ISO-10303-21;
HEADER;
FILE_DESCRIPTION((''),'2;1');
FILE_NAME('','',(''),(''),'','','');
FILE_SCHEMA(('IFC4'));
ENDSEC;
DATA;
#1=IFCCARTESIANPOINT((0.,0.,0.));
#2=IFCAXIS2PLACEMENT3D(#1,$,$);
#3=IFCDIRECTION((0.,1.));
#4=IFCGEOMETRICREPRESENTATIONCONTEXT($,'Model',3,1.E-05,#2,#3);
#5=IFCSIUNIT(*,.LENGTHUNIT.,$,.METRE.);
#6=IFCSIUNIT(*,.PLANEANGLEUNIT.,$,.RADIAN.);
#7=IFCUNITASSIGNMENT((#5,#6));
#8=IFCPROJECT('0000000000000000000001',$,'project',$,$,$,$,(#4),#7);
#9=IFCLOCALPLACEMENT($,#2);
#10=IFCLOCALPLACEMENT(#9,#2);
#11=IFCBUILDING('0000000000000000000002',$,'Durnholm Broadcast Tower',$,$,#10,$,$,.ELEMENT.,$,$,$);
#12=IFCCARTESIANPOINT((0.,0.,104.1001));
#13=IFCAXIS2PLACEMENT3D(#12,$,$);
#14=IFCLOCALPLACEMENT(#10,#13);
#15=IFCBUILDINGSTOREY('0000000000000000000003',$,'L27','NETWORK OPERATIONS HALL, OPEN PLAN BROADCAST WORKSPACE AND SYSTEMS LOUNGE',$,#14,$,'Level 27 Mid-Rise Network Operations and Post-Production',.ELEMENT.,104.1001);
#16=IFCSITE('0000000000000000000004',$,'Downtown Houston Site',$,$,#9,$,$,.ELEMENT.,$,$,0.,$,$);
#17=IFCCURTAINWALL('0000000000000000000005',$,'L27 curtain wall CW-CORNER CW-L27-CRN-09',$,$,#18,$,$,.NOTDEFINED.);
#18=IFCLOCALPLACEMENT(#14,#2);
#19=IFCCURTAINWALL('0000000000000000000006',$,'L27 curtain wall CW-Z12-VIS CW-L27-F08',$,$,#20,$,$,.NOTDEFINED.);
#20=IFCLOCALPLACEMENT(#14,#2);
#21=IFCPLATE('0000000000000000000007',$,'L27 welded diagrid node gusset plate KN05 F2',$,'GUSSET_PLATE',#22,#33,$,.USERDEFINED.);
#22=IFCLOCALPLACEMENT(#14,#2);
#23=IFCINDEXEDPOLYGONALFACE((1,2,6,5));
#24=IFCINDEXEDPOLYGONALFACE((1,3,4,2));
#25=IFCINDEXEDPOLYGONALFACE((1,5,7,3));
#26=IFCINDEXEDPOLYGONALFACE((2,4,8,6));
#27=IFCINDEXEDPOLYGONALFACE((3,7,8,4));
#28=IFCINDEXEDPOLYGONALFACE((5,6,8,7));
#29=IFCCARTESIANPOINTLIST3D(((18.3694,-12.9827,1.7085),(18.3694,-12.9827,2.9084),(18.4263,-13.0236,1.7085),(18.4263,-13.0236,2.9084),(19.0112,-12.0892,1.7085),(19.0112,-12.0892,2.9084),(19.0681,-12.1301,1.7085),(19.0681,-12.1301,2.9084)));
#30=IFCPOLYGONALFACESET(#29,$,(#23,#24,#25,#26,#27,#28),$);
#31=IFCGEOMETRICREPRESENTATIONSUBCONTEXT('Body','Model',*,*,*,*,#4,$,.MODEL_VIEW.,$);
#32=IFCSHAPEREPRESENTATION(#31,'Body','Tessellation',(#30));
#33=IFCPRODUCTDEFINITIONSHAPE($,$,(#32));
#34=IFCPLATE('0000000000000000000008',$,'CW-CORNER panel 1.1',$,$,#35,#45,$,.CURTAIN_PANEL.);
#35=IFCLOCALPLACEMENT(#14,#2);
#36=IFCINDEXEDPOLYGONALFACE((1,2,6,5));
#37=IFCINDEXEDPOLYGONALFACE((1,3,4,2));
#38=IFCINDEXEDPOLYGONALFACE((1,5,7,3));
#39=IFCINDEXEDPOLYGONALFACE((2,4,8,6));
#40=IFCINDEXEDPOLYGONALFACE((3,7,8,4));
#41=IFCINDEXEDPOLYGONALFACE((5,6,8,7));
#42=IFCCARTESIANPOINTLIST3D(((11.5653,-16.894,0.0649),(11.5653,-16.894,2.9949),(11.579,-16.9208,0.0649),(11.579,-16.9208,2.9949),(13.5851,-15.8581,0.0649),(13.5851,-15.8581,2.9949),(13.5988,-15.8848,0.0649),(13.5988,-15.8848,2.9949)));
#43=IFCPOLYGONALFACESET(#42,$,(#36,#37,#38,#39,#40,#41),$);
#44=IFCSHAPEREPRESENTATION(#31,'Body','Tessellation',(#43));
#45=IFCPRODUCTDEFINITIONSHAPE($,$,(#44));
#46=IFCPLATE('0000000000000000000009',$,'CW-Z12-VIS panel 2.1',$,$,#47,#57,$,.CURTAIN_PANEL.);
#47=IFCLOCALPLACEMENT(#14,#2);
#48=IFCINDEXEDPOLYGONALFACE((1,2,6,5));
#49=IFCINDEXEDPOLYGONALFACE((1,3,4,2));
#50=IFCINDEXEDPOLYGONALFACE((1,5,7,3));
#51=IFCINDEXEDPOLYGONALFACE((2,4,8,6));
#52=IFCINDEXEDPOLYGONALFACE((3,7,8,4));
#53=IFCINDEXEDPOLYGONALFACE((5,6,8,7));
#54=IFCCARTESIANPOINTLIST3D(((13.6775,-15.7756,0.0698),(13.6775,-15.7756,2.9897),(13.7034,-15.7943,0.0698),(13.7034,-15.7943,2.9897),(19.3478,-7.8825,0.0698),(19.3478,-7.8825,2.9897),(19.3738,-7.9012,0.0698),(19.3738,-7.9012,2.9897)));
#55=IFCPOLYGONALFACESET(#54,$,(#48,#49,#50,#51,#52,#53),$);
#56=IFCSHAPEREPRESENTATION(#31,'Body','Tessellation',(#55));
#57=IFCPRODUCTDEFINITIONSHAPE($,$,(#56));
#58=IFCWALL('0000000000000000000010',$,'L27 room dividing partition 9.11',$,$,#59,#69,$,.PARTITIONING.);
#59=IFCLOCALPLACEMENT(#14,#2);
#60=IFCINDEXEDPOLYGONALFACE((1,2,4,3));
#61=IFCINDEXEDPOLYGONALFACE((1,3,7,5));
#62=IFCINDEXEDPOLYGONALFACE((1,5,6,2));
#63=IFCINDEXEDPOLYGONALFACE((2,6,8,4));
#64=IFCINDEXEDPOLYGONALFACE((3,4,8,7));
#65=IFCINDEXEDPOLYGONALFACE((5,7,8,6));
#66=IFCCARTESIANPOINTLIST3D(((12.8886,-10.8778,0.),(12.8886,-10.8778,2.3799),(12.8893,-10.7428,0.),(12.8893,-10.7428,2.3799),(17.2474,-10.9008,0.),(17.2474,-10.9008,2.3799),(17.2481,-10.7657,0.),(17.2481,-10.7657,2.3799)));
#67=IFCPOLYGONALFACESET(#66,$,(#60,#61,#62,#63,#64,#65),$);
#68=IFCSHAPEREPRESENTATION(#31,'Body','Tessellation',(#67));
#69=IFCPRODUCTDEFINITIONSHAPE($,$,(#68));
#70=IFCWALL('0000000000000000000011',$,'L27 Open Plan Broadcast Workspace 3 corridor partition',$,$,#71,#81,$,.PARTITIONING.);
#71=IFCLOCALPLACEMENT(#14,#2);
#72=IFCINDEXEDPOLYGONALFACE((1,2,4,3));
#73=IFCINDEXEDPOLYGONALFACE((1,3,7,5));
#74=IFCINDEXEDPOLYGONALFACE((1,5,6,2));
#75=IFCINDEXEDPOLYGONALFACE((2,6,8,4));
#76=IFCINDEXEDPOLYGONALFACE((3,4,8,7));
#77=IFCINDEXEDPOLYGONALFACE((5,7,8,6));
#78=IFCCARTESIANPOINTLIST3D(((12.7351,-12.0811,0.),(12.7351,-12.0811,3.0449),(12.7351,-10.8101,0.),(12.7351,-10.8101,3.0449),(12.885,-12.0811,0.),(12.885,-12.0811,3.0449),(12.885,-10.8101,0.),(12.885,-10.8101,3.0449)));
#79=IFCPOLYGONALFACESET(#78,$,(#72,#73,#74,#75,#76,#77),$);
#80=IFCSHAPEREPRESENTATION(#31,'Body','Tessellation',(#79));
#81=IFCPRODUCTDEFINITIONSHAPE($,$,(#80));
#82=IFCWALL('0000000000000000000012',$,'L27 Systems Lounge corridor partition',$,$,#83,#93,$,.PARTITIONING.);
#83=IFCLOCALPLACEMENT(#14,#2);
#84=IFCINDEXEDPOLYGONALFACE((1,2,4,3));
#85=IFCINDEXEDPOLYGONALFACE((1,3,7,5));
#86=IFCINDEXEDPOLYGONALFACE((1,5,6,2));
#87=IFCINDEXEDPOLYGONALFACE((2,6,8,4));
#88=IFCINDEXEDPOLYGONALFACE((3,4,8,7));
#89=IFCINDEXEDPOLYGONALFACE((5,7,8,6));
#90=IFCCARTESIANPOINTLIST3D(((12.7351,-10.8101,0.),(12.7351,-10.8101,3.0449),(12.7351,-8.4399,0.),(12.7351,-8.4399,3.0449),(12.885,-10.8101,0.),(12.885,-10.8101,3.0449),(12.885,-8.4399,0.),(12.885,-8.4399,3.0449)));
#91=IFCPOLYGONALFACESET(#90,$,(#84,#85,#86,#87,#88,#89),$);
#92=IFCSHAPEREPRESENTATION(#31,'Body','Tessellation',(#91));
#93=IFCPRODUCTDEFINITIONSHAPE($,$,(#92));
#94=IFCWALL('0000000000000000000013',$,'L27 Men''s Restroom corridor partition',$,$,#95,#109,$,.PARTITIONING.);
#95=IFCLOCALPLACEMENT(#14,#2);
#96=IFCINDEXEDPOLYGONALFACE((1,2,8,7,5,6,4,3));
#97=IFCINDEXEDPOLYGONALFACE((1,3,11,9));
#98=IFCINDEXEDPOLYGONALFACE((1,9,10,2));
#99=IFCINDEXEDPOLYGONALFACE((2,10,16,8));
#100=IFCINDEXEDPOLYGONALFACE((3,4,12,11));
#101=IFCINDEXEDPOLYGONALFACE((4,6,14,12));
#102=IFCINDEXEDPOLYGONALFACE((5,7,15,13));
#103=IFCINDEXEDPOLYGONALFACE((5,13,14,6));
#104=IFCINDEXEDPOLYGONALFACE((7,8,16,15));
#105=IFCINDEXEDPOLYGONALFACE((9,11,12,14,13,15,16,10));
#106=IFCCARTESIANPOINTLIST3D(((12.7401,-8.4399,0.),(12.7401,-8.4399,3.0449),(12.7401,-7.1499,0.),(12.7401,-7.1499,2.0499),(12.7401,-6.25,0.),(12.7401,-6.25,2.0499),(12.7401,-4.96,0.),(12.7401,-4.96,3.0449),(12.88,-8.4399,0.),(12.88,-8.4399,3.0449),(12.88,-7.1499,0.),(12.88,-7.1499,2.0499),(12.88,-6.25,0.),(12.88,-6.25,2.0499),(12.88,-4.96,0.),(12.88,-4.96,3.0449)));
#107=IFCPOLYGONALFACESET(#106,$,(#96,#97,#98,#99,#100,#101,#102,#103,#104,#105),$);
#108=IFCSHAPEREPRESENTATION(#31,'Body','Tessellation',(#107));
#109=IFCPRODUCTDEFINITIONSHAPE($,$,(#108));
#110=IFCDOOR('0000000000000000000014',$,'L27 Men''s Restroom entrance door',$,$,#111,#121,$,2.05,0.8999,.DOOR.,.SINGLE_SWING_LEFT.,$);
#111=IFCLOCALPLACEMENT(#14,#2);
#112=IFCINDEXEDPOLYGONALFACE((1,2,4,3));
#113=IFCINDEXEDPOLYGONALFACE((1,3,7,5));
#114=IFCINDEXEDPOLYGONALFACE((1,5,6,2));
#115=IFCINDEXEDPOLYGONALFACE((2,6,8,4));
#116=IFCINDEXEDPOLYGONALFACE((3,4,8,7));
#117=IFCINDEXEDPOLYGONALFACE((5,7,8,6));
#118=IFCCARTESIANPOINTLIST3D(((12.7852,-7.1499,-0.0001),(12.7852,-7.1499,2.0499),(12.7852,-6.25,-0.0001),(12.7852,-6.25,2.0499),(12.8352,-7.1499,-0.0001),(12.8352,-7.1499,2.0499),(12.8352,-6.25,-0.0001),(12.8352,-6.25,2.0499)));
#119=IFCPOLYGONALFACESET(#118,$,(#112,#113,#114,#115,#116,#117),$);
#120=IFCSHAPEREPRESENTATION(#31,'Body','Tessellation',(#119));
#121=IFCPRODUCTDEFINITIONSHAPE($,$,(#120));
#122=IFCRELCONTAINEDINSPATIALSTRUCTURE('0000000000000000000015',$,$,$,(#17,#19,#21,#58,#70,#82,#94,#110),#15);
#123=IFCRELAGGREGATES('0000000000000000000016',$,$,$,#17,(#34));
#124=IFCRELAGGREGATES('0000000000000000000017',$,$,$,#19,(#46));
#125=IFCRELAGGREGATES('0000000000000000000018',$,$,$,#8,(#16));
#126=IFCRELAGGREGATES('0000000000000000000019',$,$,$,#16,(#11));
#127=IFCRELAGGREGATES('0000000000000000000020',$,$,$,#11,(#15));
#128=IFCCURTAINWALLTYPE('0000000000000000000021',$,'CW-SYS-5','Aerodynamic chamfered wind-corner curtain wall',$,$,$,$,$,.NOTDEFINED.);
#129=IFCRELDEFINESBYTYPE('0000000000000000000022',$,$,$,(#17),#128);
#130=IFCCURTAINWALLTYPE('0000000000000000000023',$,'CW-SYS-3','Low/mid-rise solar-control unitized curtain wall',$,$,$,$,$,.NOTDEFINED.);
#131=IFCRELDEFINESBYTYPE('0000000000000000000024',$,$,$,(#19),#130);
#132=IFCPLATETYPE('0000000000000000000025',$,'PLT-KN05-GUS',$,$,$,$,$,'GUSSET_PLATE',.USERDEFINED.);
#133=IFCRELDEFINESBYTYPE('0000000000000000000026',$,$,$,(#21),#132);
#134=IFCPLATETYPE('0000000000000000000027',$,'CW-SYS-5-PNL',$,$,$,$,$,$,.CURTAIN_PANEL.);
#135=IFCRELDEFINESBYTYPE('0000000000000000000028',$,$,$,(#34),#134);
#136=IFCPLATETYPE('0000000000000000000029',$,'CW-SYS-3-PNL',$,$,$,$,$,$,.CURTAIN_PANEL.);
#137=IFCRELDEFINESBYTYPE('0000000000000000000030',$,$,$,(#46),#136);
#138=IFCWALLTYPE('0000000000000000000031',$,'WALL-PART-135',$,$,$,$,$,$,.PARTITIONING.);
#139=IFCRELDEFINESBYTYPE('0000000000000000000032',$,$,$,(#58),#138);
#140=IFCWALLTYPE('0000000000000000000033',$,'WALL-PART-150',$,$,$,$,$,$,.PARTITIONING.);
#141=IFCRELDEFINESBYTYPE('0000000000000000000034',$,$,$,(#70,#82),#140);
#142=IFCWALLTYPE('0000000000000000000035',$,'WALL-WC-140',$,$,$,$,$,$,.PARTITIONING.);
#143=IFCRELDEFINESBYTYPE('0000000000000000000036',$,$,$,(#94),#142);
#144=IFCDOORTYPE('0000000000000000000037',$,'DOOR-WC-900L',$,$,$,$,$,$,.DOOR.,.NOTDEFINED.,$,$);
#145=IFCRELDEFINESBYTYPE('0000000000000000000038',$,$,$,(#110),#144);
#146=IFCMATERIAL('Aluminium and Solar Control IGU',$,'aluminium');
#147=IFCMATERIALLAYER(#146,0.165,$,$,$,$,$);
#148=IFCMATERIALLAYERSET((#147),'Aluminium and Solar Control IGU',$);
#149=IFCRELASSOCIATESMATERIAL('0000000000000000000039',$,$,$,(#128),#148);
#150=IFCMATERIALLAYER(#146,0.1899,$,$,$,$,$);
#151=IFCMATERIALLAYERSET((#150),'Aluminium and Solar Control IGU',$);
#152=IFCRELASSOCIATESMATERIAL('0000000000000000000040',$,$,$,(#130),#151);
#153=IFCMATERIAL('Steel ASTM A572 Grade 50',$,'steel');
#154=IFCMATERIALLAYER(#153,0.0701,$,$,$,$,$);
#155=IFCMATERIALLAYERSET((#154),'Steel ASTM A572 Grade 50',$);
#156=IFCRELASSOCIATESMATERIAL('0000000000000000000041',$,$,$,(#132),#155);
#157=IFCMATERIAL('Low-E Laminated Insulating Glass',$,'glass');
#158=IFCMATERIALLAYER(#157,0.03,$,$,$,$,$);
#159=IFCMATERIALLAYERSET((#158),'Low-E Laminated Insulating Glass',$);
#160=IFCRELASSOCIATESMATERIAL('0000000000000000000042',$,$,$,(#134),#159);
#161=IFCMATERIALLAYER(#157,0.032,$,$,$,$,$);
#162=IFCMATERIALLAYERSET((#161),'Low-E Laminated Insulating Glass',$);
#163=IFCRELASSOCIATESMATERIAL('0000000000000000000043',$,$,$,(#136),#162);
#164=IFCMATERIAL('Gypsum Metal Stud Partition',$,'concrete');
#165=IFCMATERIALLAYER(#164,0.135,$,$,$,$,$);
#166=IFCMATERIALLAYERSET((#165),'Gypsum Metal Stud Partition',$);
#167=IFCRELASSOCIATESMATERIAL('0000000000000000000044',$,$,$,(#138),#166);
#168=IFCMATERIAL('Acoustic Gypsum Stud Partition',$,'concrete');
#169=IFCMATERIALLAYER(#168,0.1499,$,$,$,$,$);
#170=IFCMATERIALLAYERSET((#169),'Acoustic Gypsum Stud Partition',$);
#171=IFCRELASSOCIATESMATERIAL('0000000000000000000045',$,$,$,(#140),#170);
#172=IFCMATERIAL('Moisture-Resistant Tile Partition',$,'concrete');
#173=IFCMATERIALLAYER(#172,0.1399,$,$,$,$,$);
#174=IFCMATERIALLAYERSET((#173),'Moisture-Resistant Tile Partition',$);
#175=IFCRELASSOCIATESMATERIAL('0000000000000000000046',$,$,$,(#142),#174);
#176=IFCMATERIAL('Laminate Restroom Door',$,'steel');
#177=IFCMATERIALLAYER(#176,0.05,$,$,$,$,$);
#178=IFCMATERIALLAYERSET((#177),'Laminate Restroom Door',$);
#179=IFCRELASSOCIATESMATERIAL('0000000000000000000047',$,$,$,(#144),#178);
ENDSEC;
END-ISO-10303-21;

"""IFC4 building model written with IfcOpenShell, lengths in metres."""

from ifc_helpers import new_model, si_unit, direction, frame, frame_2d, origin, origin_2d, place, context, subcontext, project, spatial, rectangle, extrude, source, transform, mapped, material, layer, layer_set, type_object, type_shapes, element, fill, aggregate, save


model = new_model("IFC4")

# Units and contexts
model_context = context("Model", 3, precision=1e-05, world=origin(), true_north=direction((0.0, 1.0)))
body_context = subcontext(model_context, "Body", "Model", "MODEL_VIEW")
ifc_project = project(units=[si_unit("LENGTHUNIT", "METRE"), si_unit("PLANEANGLEUNIT", "RADIAN")], contexts=[model_context])

# Site, building, storey
site_placement = place(None, origin())
site = spatial("IfcSite", under=ifc_project, at=site_placement, Name="Downtown Houston Site", CompositionType="ELEMENT", RefElevation=0.0)
building_placement = place(site_placement, origin())
building = spatial("IfcBuilding", under=site, at=building_placement, Name="Durnholm Broadcast Tower", CompositionType="ELEMENT")
storey_placement = place(building_placement, frame((0.0, 0.0, 104.1001)))
storey = spatial("IfcBuildingStorey", under=building, at=storey_placement, Name="L27", Description="NETWORK OPERATIONS HALL, OPEN PLAN BROADCAST WORKSPACE AND SYSTEMS LOUNGE", LongName="Level 27 Mid-Rise Network Operations and Post-Production", CompositionType="ELEMENT", Elevation=104.1001)

# Curtain walls
ifc_material_1 = material(Name="Aluminium and Solar Control IGU", Category="aluminium")
ifc_layer_1 = layer(ifc_material_1, 0.165)
ifc_layer_set_1 = layer_set([ifc_layer_1], Name="Aluminium and Solar Control IGU")
curtain_wall_type_1 = type_object("IfcCurtainWallType", Name="CW-SYS-5", Description="Aerodynamic chamfered wind-corner curtain wall", PredefinedType="NOTDEFINED", material=ifc_layer_set_1)
curtain_wall_1_placement = place(storey_placement, origin())
curtain_wall_1 = element("IfcCurtainWall", 1, at=curtain_wall_1_placement, inside=storey, type_object=curtain_wall_type_1, Name="L27 curtain wall CW-CORNER CW-L27-CRN-09", PredefinedType="NOTDEFINED")
ifc_layer_2 = layer(ifc_material_1, 0.1899)
ifc_layer_set_2 = layer_set([ifc_layer_2], Name="Aluminium and Solar Control IGU")
curtain_wall_type_2 = type_object("IfcCurtainWallType", Name="CW-SYS-3", Description="Low/mid-rise solar-control unitized curtain wall", PredefinedType="NOTDEFINED", material=ifc_layer_set_2)
curtain_wall_2_placement = place(storey_placement, origin())
curtain_wall_2 = element("IfcCurtainWall", 2, at=curtain_wall_2_placement, inside=storey, type_object=curtain_wall_type_2, Name="L27 curtain wall CW-Z12-VIS CW-L27-F08", PredefinedType="NOTDEFINED")

# Plate
ifc_material_2 = material(Name="Steel ASTM A572 Grade 50", Category="steel")
ifc_layer_3 = layer(ifc_material_2, 0.0701)
ifc_layer_set_3 = layer_set([ifc_layer_3], Name="Steel ASTM A572 Grade 50")
plate_type_1 = type_object("IfcPlateType", Name="PLT-KN05-GUS", ElementType="GUSSET_PLATE", PredefinedType="USERDEFINED", material=ifc_layer_set_3)
shared_shape_1 = source(origin(), body_context, "Body", "SweptSolid", [
    extrude(rectangle(XDim=1.1001, YDim=0.0701, at=origin_2d()), origin(), (0.0, 0.0, 1.0), 1.2),
])
type_shapes(plate_type_1, [shared_shape_1])
plate_1_placement = place(storey_placement, frame((18.7188, -12.5564, 1.7085), z_axis=(0.0, 0.0, 1.0), x_axis=(0.583399, 0.812185, 0.0)))
element("IfcPlate", 3, at=plate_1_placement, inside=storey, type_object=plate_type_1, Name="L27 welded diagrid node gusset plate KN05 F2", ObjectType="GUSSET_PLATE", PredefinedType="USERDEFINED", context=body_context, shape_type="MappedRepresentation", body=[
    mapped(shared_shape_1, transform((0.0, 0.0, 0.0), x_axis=(1.0, 0.0, 0.0), y_axis=(0.0, 1.0, 0.0), z_axis=(0.0, 0.0, 1.0), scale=1.0)),
])

# Plates
ifc_material_3 = material(Name="Low-E Laminated Insulating Glass", Category="glass")
ifc_layer_4 = layer(ifc_material_3, 0.03)
ifc_layer_set_4 = layer_set([ifc_layer_4], Name="Low-E Laminated Insulating Glass")
plate_type_2 = type_object("IfcPlateType", Name="CW-SYS-5-PNL", PredefinedType="CURTAIN_PANEL", material=ifc_layer_set_4)
shared_shape_2 = source(origin(), body_context, "Body", "SweptSolid", [
    extrude(rectangle(XDim=2.27, YDim=0.03, at=origin_2d()), origin(), (0.0, 0.0, 1.0), 2.9299),
])
type_shapes(plate_type_2, [shared_shape_2])
plate_2_placement = place(storey_placement, frame((12.582, -16.3894, 0.0649), z_axis=(0.0, 0.0, 1.0), x_axis=(-0.889788, -0.456373, 0.0)))
plate_2 = element("IfcPlate", 4, at=plate_2_placement, type_object=plate_type_2, Name="CW-CORNER panel 1.1", PredefinedType="CURTAIN_PANEL", context=body_context, shape_type="MappedRepresentation", body=[
    mapped(shared_shape_2, transform((0.0, 0.0, 0.0), x_axis=(1.0, 0.0, 0.0), y_axis=(0.0, 1.0, 0.0), z_axis=(0.0, 0.0, 1.0), scale=1.0)),
])
aggregate(curtain_wall_1, [plate_2])
ifc_layer_5 = layer(ifc_material_3, 0.032)
ifc_layer_set_5 = layer_set([ifc_layer_5], Name="Low-E Laminated Insulating Glass")
plate_type_3 = type_object("IfcPlateType", Name="CW-SYS-3-PNL", PredefinedType="CURTAIN_PANEL", material=ifc_layer_set_5)
shared_shape_3 = source(origin(), body_context, "Body", "SweptSolid", [
    extrude(rectangle(XDim=9.7188, YDim=0.032, at=origin_2d()), origin(), (0.0, 0.0, 1.0), 2.9199),
])
type_shapes(plate_type_3, [shared_shape_3])
plate_3_placement = place(storey_placement, frame((16.5256, -11.8384, 0.0698), z_axis=(0.0, 0.0, 1.0), x_axis=(-0.583445, -0.812152, 0.0)))
plate_3 = element("IfcPlate", 5, at=plate_3_placement, type_object=plate_type_3, Name="CW-Z12-VIS panel 2.1", PredefinedType="CURTAIN_PANEL", context=body_context, shape_type="MappedRepresentation", body=[
    mapped(shared_shape_3, transform((0.0, 0.0, 0.0), x_axis=(1.0, 0.0, 0.0), y_axis=(0.0, 1.0, 0.0), z_axis=(0.0, 0.0, 1.0), scale=1.0)),
])
aggregate(curtain_wall_2, [plate_3])

# Walls
ifc_material_4 = material(Name="Gypsum Metal Stud Partition", Category="concrete")
ifc_layer_6 = layer(ifc_material_4, 0.135)
ifc_layer_set_6 = layer_set([ifc_layer_6], Name="Gypsum Metal Stud Partition")
wall_type_1 = type_object("IfcWallType", Name="WALL-PART-135", PredefinedType="PARTITIONING", material=ifc_layer_set_6)
wall_1_placement = place(storey_placement, frame((12.8889, -10.8103, 0.0), z_axis=(0.0, 0.0, 1.0), x_axis=(0.999986, -0.005265, 0.0)))
element("IfcWall", 6, at=wall_1_placement, inside=storey, type_object=wall_type_1, Name="L27 room dividing partition 9.11", PredefinedType="PARTITIONING", context=body_context, shape_type="SweptSolid", body=[
    extrude(rectangle(XDim=4.3589, YDim=0.135, at=frame_2d((2.1794, 0.0))), origin(), (0.0, 0.0, 1.0), 2.3799),
])
ifc_material_5 = material(Name="Acoustic Gypsum Stud Partition", Category="concrete")
ifc_layer_7 = layer(ifc_material_5, 0.1499)
ifc_layer_set_7 = layer_set([ifc_layer_7], Name="Acoustic Gypsum Stud Partition")
wall_type_2 = type_object("IfcWallType", Name="WALL-PART-150", PredefinedType="PARTITIONING", material=ifc_layer_set_7)
wall_2_placement = place(storey_placement, frame((12.8101, -12.0811, 0.0), z_axis=(0.0, 0.0, 1.0), x_axis=(0.0, 1.0, 0.0)))
element("IfcWall", 7, at=wall_2_placement, inside=storey, type_object=wall_type_2, Name="L27 Open Plan Broadcast Workspace 3 corridor partition", PredefinedType="PARTITIONING", context=body_context, shape_type="SweptSolid", body=[
    extrude(rectangle(XDim=1.271, YDim=0.1499, at=frame_2d((0.6355, 0.0))), origin(), (0.0, 0.0, 1.0), 3.0449),
])
wall_3_placement = place(storey_placement, frame((12.8101, -10.8101, 0.0), z_axis=(0.0, 0.0, 1.0), x_axis=(0.0, 1.0, 0.0)))
element("IfcWall", 8, at=wall_3_placement, inside=storey, type_object=wall_type_2, Name="L27 Systems Lounge corridor partition", PredefinedType="PARTITIONING", context=body_context, shape_type="SweptSolid", body=[
    extrude(rectangle(XDim=2.3701, YDim=0.1499, at=frame_2d((1.1851, 0.0))), origin(), (0.0, 0.0, 1.0), 3.0449),
])

# Wall, opening, door
ifc_material_6 = material(Name="Moisture-Resistant Tile Partition", Category="concrete")
ifc_layer_8 = layer(ifc_material_6, 0.1399)
ifc_layer_set_8 = layer_set([ifc_layer_8], Name="Moisture-Resistant Tile Partition")
wall_type_3 = type_object("IfcWallType", Name="WALL-WC-140", PredefinedType="PARTITIONING", material=ifc_layer_set_8)
wall_4_placement = place(storey_placement, frame((12.8101, -8.4399, 0.0), z_axis=(0.0, 0.0, 1.0), x_axis=(0.0, 1.0, 0.0)))
wall_4 = element("IfcWall", 9, at=wall_4_placement, inside=storey, type_object=wall_type_3, Name="L27 Men's Restroom corridor partition", PredefinedType="PARTITIONING", context=body_context, shape_type="SweptSolid", body=[
    extrude(rectangle(XDim=3.48, YDim=0.1399, at=frame_2d((1.74, 0.0))), origin(), (0.0, 0.0, 1.0), 3.0449),
])
opening_placement = place(wall_4_placement, frame((1.29, 0.0, 0.0)))
opening = element("IfcOpeningElement", 10, at=opening_placement, cuts=wall_4, PredefinedType="OPENING", context=body_context, shape_type="SweptSolid", body=[
    extrude(rectangle(XDim=0.8999, YDim=2.05, at=frame_2d((0.45, 1.0249))), frame((0.0, 0.0801, 0.0), z_axis=(0.0, -1.0, 0.0), x_axis=(1.0, 0.0, 0.0)), (0.0, 0.0, 1.0), 0.1599),
])
ifc_material_7 = material(Name="Laminate Restroom Door", Category="steel")
ifc_layer_9 = layer(ifc_material_7, 0.05)
ifc_layer_set_9 = layer_set([ifc_layer_9], Name="Laminate Restroom Door")
door_type = type_object("IfcDoorType", Name="DOOR-WC-900L", OperationType="NOTDEFINED", PredefinedType="DOOR", material=ifc_layer_set_9)
shared_shape_4 = source(origin(), body_context, "Body", "SweptSolid", [
    extrude(rectangle(XDim=0.8999, YDim=2.05, at=frame_2d((0.45, 1.0249))), frame((0.0, 0.0249, 0.0), z_axis=(0.0, -1.0, 0.0), x_axis=(1.0, 0.0, 0.0)), (0.0, 0.0, 1.0), 0.05),
])
type_shapes(door_type, [shared_shape_4])
door_placement = place(opening_placement, origin())
door = element("IfcDoor", 11, at=door_placement, inside=storey, type_object=door_type, Name="L27 Men's Restroom entrance door", OperationType="SINGLE_SWING_LEFT", OverallHeight=2.05, OverallWidth=0.8999, PredefinedType="DOOR", context=body_context, shape_type="MappedRepresentation", body=[
    mapped(shared_shape_4, transform((0.0, 0.0, 0.0), x_axis=(1.0, 0.0, 0.0), y_axis=(0.0, 1.0, 0.0), z_axis=(0.0, 0.0, 1.0), scale=1.0)),
])
fill(opening, door)

save(model, "model.ifc")
